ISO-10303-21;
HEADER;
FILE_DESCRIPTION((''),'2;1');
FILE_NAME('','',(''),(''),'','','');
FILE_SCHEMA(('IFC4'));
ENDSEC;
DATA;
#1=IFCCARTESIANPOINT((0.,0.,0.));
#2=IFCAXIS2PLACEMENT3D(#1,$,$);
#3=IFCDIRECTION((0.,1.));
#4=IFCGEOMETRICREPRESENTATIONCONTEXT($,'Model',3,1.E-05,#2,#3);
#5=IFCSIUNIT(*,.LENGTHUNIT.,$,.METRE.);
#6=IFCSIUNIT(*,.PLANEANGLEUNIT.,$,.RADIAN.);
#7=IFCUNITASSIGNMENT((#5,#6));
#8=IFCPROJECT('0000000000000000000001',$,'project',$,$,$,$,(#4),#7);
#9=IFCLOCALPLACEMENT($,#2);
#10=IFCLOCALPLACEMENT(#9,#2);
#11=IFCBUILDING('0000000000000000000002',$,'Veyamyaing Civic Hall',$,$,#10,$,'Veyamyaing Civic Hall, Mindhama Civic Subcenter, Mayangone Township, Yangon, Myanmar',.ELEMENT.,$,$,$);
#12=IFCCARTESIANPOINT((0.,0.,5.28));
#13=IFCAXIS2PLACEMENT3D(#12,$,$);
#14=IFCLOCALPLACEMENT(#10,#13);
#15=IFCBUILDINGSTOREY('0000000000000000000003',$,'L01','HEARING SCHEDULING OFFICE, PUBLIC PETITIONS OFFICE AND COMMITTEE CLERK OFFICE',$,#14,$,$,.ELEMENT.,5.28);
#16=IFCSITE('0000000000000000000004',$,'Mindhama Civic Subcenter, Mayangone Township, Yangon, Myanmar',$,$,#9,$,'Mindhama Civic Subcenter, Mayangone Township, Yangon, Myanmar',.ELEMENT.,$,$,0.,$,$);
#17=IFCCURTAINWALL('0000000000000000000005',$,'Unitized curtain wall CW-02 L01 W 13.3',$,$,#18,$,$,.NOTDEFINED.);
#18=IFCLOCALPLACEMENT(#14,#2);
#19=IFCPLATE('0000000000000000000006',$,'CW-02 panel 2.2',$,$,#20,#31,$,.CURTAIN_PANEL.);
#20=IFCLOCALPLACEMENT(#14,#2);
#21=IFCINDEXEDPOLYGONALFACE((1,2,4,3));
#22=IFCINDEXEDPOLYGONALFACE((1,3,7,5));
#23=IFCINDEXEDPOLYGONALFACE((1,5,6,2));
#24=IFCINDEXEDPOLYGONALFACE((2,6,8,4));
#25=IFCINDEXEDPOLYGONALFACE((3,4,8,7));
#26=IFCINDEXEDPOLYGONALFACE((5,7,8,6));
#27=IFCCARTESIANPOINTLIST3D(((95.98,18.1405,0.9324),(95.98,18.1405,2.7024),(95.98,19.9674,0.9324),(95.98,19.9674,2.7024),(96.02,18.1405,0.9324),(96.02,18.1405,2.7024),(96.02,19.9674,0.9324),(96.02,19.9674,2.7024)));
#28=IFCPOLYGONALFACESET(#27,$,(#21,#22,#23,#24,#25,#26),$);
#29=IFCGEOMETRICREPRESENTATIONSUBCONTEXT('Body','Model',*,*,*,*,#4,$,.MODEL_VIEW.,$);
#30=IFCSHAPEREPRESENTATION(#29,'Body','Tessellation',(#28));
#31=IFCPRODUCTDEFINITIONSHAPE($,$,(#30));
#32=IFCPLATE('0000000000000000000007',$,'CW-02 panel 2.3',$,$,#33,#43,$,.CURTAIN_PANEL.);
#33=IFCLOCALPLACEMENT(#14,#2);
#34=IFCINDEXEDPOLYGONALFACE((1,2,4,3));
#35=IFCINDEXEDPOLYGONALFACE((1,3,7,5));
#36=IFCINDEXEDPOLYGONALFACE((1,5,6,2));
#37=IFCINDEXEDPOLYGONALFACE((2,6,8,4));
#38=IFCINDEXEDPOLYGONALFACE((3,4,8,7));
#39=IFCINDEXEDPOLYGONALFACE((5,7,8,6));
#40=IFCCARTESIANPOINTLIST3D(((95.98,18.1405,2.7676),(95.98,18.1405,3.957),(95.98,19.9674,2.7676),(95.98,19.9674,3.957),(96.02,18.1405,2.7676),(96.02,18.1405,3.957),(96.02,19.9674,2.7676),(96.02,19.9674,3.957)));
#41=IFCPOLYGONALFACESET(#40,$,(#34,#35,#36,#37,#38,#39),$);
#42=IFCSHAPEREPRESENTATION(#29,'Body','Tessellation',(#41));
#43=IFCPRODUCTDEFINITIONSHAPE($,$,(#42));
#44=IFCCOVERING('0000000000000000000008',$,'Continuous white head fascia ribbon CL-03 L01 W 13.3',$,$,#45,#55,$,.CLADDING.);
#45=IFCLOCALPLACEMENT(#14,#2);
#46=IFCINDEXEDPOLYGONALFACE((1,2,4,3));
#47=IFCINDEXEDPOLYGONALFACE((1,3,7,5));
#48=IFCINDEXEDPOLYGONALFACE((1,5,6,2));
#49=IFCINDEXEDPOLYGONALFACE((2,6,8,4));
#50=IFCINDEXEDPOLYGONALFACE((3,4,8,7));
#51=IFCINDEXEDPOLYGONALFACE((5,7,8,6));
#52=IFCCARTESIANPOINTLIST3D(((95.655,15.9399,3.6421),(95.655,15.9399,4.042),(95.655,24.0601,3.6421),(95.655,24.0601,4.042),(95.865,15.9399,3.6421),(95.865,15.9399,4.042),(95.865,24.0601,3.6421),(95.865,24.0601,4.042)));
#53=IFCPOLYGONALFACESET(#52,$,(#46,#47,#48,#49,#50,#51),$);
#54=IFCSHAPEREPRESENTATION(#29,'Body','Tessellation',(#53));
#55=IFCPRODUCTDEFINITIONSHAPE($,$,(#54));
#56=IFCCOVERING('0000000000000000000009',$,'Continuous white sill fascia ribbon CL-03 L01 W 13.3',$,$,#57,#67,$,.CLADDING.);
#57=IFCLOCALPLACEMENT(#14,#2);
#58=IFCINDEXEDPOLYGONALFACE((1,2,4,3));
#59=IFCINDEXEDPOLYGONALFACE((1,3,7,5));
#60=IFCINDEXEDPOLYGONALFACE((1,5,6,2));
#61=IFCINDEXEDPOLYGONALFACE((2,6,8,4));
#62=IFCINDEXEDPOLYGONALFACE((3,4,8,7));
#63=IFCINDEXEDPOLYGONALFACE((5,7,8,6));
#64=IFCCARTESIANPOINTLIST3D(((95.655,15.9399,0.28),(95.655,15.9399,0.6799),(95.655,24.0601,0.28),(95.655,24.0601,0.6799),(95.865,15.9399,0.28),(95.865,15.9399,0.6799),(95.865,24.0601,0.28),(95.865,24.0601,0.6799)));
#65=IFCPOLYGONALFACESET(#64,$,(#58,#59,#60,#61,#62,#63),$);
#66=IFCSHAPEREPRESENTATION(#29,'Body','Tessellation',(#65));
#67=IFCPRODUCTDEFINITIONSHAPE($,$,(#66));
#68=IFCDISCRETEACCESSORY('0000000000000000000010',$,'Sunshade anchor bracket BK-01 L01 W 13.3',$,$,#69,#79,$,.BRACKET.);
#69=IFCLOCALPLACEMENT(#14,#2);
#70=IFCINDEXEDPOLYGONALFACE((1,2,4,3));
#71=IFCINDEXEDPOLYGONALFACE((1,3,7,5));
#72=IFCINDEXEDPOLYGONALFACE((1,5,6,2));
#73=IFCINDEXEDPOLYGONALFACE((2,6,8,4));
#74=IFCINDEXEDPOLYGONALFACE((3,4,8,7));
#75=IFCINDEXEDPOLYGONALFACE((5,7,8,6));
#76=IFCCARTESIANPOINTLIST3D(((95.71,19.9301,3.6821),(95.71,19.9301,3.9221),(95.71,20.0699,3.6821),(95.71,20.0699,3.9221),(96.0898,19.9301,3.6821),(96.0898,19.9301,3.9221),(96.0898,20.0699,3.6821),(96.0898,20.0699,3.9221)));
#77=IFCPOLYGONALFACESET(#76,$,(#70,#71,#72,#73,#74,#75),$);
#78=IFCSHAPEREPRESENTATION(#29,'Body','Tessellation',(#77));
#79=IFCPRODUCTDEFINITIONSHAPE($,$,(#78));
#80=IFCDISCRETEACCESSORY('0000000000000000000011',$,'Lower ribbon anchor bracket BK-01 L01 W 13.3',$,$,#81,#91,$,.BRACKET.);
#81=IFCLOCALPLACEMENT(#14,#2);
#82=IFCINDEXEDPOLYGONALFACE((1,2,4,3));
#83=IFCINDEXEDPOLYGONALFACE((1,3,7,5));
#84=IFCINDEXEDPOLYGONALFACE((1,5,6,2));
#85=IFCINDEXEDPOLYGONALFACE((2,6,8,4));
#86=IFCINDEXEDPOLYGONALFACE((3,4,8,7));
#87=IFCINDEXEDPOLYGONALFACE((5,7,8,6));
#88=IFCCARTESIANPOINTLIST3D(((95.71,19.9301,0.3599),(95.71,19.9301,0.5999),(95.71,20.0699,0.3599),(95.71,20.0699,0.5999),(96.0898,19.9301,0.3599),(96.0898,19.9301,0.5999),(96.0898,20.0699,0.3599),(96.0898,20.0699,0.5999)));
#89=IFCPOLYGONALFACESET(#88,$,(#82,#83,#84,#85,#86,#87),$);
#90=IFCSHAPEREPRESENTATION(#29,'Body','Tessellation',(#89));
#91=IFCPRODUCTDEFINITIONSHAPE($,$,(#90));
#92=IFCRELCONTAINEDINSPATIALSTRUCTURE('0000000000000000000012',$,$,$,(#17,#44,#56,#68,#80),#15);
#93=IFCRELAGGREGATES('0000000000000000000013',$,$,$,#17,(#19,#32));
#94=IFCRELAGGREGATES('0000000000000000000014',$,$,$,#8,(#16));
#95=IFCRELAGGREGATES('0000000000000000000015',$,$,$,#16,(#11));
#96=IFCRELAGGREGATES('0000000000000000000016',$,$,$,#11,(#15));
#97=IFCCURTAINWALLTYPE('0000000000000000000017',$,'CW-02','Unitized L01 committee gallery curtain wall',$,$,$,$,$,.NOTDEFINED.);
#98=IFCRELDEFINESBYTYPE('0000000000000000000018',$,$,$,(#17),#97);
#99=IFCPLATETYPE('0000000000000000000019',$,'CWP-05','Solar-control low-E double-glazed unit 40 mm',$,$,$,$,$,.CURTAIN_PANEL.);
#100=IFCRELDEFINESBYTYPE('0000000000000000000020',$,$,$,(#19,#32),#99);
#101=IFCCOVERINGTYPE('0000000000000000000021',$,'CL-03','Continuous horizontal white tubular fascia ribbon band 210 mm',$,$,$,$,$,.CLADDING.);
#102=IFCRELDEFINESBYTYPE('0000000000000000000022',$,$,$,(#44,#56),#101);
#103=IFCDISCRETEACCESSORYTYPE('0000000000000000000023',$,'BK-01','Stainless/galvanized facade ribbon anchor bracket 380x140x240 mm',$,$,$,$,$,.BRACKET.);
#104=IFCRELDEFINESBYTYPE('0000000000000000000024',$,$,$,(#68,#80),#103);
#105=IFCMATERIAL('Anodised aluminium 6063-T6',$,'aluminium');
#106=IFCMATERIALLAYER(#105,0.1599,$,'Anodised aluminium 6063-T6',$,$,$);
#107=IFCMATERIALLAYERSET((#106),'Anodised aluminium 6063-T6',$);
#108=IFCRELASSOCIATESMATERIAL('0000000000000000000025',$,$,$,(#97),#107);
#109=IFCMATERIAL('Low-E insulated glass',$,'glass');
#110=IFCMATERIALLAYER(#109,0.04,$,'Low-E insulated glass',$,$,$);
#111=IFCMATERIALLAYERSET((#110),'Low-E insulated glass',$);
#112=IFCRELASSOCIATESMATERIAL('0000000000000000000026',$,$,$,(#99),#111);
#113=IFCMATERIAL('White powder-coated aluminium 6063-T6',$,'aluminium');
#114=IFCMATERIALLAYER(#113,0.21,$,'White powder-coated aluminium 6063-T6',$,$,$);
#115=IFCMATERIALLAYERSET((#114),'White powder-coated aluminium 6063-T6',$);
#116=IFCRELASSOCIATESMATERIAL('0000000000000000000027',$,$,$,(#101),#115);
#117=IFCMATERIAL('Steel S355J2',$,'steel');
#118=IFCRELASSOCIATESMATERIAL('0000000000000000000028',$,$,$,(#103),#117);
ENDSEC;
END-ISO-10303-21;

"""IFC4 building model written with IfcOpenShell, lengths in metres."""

from ifc_helpers import new_model, si_unit, direction, frame, origin, origin_2d, place, context, subcontext, project, spatial, rectangle, extrude, material, layer, layer_set, type_object, element, aggregate, save


model = new_model("IFC4")

# Units and contexts
model_context = context("Model", 3, precision=1e-05, world=origin(), true_north=direction((0.0, 1.0)))
body_context = subcontext(model_context, "Body", "Model", "MODEL_VIEW")
ifc_project = project(units=[si_unit("LENGTHUNIT", "METRE"), si_unit("PLANEANGLEUNIT", "RADIAN")], contexts=[model_context])

# Site, building, storey
site_placement = place(None, origin())
site = spatial("IfcSite", under=ifc_project, at=site_placement, Name="Mindhama Civic Subcenter, Mayangone Township, Yangon, Myanmar", LongName="Mindhama Civic Subcenter, Mayangone Township, Yangon, Myanmar", CompositionType="ELEMENT", RefElevation=0.0)
building_placement = place(site_placement, origin())
building = spatial("IfcBuilding", under=site, at=building_placement, Name="Veyamyaing Civic Hall", LongName="Veyamyaing Civic Hall, Mindhama Civic Subcenter, Mayangone Township, Yangon, Myanmar", CompositionType="ELEMENT")
storey_placement = place(building_placement, frame((0.0, 0.0, 5.28)))
storey = spatial("IfcBuildingStorey", under=building, at=storey_placement, Name="L01", Description="HEARING SCHEDULING OFFICE, PUBLIC PETITIONS OFFICE AND COMMITTEE CLERK OFFICE", CompositionType="ELEMENT", Elevation=5.28)

# Curtain wall, plates
ifc_material_1 = material(Name="Anodised aluminium 6063-T6", Category="aluminium")
ifc_layer_1 = layer(ifc_material_1, 0.1599, Name="Anodised aluminium 6063-T6")
ifc_layer_set_1 = layer_set([ifc_layer_1], Name="Anodised aluminium 6063-T6")
curtain_wall_type = type_object("IfcCurtainWallType", Name="CW-02", Description="Unitized L01 committee gallery curtain wall", PredefinedType="NOTDEFINED", material=ifc_layer_set_1)
curtain_wall_placement = place(storey_placement, origin())
curtain_wall = element("IfcCurtainWall", 1, at=curtain_wall_placement, inside=storey, type_object=curtain_wall_type, Name="Unitized curtain wall CW-02 L01 W 13.3", PredefinedType="NOTDEFINED")
ifc_material_2 = material(Name="Low-E insulated glass", Category="glass")
ifc_layer_2 = layer(ifc_material_2, 0.04, Name="Low-E insulated glass")
ifc_layer_set_2 = layer_set([ifc_layer_2], Name="Low-E insulated glass")
plate_type = type_object("IfcPlateType", Name="CWP-05", Description="Solar-control low-E double-glazed unit 40 mm", PredefinedType="CURTAIN_PANEL", material=ifc_layer_set_2)
plate_1_placement = place(storey_placement, frame((96.0, 19.054, 0.9324), z_axis=(0.0, 0.0, 1.0), x_axis=(0.0, 1.0, 0.0)))
plate_1 = element("IfcPlate", 2, at=plate_1_placement, type_object=plate_type, Name="CW-02 panel 2.2", PredefinedType="CURTAIN_PANEL", context=body_context, shape_type="SweptSolid", body=[
    extrude(rectangle(XDim=1.8269, YDim=0.04, at=origin_2d()), origin(), (0.0, 0.0, 1.0), 1.77),
])
plate_2_placement = place(storey_placement, frame((96.0, 19.054, 2.7676), z_axis=(0.0, 0.0, 1.0), x_axis=(0.0, 1.0, 0.0)))
plate_2 = element("IfcPlate", 3, at=plate_2_placement, type_object=plate_type, Name="CW-02 panel 2.3", PredefinedType="CURTAIN_PANEL", context=body_context, shape_type="SweptSolid", body=[
    extrude(rectangle(XDim=1.8269, YDim=0.04, at=origin_2d()), origin(), (0.0, 0.0, 1.0), 1.1895),
])
aggregate(curtain_wall, [plate_1, plate_2])

# Coverings
ifc_material_3 = material(Name="White powder-coated aluminium 6063-T6", Category="aluminium")
ifc_layer_3 = layer(ifc_material_3, 0.21, Name="White powder-coated aluminium 6063-T6")
ifc_layer_set_3 = layer_set([ifc_layer_3], Name="White powder-coated aluminium 6063-T6")
covering_type = type_object("IfcCoveringType", Name="CL-03", Description="Continuous horizontal white tubular fascia ribbon band 210 mm", PredefinedType="CLADDING", material=ifc_layer_set_3)
for number, where, z_axis, x_axis, name in (
    (4, (95.76, 20.0, 3.6421), (0.0, 0.0, 1.0), (0.0, 1.0, 0.0), "Continuous white head fascia ribbon CL-03 L01 W 13.3"),
    (5, (95.76, 20.0, 0.28), (0.0, 0.0, 1.0), (0.0, 1.0, 0.0), "Continuous white sill fascia ribbon CL-03 L01 W 13.3"),
):
    element("IfcCovering", number, at=place(storey_placement, frame(where, z_axis=z_axis, x_axis=x_axis)), inside=storey, type_object=covering_type, Name=name, PredefinedType="CLADDING", context=body_context, shape_type="SweptSolid", body=[
        extrude(rectangle(XDim=8.1201, YDim=0.21, at=origin_2d()), origin(), (0.0, 0.0, 1.0), 0.3999),
    ])

# Discrete accessories
ifc_material_4 = material(Name="Steel S355J2", Category="steel")
discrete_accessory_type = type_object("IfcDiscreteAccessoryType", Name="BK-01", Description="Stainless/galvanized facade ribbon anchor bracket 380x140x240 mm", PredefinedType="BRACKET", material=ifc_material_4)
for number, where, z_axis, x_axis, name in (
    (6, (95.8999, 20.0, 3.6821), (0.0, 0.0, 1.0), (-1.0, 0.0, 0.0), "Sunshade anchor bracket BK-01 L01 W 13.3"),
    (7, (95.8999, 20.0, 0.3599), (0.0, 0.0, 1.0), (-1.0, 0.0, 0.0), "Lower ribbon anchor bracket BK-01 L01 W 13.3"),
):
    element("IfcDiscreteAccessory", number, at=place(storey_placement, frame(where, z_axis=z_axis, x_axis=x_axis)), inside=storey, type_object=discrete_accessory_type, Name=name, PredefinedType="BRACKET", context=body_context, shape_type="SweptSolid", body=[
        extrude(rectangle(XDim=0.3799, YDim=0.1399, at=origin_2d()), origin(), (0.0, 0.0, 1.0), 0.24),
    ])

save(model, "model.ifc")
